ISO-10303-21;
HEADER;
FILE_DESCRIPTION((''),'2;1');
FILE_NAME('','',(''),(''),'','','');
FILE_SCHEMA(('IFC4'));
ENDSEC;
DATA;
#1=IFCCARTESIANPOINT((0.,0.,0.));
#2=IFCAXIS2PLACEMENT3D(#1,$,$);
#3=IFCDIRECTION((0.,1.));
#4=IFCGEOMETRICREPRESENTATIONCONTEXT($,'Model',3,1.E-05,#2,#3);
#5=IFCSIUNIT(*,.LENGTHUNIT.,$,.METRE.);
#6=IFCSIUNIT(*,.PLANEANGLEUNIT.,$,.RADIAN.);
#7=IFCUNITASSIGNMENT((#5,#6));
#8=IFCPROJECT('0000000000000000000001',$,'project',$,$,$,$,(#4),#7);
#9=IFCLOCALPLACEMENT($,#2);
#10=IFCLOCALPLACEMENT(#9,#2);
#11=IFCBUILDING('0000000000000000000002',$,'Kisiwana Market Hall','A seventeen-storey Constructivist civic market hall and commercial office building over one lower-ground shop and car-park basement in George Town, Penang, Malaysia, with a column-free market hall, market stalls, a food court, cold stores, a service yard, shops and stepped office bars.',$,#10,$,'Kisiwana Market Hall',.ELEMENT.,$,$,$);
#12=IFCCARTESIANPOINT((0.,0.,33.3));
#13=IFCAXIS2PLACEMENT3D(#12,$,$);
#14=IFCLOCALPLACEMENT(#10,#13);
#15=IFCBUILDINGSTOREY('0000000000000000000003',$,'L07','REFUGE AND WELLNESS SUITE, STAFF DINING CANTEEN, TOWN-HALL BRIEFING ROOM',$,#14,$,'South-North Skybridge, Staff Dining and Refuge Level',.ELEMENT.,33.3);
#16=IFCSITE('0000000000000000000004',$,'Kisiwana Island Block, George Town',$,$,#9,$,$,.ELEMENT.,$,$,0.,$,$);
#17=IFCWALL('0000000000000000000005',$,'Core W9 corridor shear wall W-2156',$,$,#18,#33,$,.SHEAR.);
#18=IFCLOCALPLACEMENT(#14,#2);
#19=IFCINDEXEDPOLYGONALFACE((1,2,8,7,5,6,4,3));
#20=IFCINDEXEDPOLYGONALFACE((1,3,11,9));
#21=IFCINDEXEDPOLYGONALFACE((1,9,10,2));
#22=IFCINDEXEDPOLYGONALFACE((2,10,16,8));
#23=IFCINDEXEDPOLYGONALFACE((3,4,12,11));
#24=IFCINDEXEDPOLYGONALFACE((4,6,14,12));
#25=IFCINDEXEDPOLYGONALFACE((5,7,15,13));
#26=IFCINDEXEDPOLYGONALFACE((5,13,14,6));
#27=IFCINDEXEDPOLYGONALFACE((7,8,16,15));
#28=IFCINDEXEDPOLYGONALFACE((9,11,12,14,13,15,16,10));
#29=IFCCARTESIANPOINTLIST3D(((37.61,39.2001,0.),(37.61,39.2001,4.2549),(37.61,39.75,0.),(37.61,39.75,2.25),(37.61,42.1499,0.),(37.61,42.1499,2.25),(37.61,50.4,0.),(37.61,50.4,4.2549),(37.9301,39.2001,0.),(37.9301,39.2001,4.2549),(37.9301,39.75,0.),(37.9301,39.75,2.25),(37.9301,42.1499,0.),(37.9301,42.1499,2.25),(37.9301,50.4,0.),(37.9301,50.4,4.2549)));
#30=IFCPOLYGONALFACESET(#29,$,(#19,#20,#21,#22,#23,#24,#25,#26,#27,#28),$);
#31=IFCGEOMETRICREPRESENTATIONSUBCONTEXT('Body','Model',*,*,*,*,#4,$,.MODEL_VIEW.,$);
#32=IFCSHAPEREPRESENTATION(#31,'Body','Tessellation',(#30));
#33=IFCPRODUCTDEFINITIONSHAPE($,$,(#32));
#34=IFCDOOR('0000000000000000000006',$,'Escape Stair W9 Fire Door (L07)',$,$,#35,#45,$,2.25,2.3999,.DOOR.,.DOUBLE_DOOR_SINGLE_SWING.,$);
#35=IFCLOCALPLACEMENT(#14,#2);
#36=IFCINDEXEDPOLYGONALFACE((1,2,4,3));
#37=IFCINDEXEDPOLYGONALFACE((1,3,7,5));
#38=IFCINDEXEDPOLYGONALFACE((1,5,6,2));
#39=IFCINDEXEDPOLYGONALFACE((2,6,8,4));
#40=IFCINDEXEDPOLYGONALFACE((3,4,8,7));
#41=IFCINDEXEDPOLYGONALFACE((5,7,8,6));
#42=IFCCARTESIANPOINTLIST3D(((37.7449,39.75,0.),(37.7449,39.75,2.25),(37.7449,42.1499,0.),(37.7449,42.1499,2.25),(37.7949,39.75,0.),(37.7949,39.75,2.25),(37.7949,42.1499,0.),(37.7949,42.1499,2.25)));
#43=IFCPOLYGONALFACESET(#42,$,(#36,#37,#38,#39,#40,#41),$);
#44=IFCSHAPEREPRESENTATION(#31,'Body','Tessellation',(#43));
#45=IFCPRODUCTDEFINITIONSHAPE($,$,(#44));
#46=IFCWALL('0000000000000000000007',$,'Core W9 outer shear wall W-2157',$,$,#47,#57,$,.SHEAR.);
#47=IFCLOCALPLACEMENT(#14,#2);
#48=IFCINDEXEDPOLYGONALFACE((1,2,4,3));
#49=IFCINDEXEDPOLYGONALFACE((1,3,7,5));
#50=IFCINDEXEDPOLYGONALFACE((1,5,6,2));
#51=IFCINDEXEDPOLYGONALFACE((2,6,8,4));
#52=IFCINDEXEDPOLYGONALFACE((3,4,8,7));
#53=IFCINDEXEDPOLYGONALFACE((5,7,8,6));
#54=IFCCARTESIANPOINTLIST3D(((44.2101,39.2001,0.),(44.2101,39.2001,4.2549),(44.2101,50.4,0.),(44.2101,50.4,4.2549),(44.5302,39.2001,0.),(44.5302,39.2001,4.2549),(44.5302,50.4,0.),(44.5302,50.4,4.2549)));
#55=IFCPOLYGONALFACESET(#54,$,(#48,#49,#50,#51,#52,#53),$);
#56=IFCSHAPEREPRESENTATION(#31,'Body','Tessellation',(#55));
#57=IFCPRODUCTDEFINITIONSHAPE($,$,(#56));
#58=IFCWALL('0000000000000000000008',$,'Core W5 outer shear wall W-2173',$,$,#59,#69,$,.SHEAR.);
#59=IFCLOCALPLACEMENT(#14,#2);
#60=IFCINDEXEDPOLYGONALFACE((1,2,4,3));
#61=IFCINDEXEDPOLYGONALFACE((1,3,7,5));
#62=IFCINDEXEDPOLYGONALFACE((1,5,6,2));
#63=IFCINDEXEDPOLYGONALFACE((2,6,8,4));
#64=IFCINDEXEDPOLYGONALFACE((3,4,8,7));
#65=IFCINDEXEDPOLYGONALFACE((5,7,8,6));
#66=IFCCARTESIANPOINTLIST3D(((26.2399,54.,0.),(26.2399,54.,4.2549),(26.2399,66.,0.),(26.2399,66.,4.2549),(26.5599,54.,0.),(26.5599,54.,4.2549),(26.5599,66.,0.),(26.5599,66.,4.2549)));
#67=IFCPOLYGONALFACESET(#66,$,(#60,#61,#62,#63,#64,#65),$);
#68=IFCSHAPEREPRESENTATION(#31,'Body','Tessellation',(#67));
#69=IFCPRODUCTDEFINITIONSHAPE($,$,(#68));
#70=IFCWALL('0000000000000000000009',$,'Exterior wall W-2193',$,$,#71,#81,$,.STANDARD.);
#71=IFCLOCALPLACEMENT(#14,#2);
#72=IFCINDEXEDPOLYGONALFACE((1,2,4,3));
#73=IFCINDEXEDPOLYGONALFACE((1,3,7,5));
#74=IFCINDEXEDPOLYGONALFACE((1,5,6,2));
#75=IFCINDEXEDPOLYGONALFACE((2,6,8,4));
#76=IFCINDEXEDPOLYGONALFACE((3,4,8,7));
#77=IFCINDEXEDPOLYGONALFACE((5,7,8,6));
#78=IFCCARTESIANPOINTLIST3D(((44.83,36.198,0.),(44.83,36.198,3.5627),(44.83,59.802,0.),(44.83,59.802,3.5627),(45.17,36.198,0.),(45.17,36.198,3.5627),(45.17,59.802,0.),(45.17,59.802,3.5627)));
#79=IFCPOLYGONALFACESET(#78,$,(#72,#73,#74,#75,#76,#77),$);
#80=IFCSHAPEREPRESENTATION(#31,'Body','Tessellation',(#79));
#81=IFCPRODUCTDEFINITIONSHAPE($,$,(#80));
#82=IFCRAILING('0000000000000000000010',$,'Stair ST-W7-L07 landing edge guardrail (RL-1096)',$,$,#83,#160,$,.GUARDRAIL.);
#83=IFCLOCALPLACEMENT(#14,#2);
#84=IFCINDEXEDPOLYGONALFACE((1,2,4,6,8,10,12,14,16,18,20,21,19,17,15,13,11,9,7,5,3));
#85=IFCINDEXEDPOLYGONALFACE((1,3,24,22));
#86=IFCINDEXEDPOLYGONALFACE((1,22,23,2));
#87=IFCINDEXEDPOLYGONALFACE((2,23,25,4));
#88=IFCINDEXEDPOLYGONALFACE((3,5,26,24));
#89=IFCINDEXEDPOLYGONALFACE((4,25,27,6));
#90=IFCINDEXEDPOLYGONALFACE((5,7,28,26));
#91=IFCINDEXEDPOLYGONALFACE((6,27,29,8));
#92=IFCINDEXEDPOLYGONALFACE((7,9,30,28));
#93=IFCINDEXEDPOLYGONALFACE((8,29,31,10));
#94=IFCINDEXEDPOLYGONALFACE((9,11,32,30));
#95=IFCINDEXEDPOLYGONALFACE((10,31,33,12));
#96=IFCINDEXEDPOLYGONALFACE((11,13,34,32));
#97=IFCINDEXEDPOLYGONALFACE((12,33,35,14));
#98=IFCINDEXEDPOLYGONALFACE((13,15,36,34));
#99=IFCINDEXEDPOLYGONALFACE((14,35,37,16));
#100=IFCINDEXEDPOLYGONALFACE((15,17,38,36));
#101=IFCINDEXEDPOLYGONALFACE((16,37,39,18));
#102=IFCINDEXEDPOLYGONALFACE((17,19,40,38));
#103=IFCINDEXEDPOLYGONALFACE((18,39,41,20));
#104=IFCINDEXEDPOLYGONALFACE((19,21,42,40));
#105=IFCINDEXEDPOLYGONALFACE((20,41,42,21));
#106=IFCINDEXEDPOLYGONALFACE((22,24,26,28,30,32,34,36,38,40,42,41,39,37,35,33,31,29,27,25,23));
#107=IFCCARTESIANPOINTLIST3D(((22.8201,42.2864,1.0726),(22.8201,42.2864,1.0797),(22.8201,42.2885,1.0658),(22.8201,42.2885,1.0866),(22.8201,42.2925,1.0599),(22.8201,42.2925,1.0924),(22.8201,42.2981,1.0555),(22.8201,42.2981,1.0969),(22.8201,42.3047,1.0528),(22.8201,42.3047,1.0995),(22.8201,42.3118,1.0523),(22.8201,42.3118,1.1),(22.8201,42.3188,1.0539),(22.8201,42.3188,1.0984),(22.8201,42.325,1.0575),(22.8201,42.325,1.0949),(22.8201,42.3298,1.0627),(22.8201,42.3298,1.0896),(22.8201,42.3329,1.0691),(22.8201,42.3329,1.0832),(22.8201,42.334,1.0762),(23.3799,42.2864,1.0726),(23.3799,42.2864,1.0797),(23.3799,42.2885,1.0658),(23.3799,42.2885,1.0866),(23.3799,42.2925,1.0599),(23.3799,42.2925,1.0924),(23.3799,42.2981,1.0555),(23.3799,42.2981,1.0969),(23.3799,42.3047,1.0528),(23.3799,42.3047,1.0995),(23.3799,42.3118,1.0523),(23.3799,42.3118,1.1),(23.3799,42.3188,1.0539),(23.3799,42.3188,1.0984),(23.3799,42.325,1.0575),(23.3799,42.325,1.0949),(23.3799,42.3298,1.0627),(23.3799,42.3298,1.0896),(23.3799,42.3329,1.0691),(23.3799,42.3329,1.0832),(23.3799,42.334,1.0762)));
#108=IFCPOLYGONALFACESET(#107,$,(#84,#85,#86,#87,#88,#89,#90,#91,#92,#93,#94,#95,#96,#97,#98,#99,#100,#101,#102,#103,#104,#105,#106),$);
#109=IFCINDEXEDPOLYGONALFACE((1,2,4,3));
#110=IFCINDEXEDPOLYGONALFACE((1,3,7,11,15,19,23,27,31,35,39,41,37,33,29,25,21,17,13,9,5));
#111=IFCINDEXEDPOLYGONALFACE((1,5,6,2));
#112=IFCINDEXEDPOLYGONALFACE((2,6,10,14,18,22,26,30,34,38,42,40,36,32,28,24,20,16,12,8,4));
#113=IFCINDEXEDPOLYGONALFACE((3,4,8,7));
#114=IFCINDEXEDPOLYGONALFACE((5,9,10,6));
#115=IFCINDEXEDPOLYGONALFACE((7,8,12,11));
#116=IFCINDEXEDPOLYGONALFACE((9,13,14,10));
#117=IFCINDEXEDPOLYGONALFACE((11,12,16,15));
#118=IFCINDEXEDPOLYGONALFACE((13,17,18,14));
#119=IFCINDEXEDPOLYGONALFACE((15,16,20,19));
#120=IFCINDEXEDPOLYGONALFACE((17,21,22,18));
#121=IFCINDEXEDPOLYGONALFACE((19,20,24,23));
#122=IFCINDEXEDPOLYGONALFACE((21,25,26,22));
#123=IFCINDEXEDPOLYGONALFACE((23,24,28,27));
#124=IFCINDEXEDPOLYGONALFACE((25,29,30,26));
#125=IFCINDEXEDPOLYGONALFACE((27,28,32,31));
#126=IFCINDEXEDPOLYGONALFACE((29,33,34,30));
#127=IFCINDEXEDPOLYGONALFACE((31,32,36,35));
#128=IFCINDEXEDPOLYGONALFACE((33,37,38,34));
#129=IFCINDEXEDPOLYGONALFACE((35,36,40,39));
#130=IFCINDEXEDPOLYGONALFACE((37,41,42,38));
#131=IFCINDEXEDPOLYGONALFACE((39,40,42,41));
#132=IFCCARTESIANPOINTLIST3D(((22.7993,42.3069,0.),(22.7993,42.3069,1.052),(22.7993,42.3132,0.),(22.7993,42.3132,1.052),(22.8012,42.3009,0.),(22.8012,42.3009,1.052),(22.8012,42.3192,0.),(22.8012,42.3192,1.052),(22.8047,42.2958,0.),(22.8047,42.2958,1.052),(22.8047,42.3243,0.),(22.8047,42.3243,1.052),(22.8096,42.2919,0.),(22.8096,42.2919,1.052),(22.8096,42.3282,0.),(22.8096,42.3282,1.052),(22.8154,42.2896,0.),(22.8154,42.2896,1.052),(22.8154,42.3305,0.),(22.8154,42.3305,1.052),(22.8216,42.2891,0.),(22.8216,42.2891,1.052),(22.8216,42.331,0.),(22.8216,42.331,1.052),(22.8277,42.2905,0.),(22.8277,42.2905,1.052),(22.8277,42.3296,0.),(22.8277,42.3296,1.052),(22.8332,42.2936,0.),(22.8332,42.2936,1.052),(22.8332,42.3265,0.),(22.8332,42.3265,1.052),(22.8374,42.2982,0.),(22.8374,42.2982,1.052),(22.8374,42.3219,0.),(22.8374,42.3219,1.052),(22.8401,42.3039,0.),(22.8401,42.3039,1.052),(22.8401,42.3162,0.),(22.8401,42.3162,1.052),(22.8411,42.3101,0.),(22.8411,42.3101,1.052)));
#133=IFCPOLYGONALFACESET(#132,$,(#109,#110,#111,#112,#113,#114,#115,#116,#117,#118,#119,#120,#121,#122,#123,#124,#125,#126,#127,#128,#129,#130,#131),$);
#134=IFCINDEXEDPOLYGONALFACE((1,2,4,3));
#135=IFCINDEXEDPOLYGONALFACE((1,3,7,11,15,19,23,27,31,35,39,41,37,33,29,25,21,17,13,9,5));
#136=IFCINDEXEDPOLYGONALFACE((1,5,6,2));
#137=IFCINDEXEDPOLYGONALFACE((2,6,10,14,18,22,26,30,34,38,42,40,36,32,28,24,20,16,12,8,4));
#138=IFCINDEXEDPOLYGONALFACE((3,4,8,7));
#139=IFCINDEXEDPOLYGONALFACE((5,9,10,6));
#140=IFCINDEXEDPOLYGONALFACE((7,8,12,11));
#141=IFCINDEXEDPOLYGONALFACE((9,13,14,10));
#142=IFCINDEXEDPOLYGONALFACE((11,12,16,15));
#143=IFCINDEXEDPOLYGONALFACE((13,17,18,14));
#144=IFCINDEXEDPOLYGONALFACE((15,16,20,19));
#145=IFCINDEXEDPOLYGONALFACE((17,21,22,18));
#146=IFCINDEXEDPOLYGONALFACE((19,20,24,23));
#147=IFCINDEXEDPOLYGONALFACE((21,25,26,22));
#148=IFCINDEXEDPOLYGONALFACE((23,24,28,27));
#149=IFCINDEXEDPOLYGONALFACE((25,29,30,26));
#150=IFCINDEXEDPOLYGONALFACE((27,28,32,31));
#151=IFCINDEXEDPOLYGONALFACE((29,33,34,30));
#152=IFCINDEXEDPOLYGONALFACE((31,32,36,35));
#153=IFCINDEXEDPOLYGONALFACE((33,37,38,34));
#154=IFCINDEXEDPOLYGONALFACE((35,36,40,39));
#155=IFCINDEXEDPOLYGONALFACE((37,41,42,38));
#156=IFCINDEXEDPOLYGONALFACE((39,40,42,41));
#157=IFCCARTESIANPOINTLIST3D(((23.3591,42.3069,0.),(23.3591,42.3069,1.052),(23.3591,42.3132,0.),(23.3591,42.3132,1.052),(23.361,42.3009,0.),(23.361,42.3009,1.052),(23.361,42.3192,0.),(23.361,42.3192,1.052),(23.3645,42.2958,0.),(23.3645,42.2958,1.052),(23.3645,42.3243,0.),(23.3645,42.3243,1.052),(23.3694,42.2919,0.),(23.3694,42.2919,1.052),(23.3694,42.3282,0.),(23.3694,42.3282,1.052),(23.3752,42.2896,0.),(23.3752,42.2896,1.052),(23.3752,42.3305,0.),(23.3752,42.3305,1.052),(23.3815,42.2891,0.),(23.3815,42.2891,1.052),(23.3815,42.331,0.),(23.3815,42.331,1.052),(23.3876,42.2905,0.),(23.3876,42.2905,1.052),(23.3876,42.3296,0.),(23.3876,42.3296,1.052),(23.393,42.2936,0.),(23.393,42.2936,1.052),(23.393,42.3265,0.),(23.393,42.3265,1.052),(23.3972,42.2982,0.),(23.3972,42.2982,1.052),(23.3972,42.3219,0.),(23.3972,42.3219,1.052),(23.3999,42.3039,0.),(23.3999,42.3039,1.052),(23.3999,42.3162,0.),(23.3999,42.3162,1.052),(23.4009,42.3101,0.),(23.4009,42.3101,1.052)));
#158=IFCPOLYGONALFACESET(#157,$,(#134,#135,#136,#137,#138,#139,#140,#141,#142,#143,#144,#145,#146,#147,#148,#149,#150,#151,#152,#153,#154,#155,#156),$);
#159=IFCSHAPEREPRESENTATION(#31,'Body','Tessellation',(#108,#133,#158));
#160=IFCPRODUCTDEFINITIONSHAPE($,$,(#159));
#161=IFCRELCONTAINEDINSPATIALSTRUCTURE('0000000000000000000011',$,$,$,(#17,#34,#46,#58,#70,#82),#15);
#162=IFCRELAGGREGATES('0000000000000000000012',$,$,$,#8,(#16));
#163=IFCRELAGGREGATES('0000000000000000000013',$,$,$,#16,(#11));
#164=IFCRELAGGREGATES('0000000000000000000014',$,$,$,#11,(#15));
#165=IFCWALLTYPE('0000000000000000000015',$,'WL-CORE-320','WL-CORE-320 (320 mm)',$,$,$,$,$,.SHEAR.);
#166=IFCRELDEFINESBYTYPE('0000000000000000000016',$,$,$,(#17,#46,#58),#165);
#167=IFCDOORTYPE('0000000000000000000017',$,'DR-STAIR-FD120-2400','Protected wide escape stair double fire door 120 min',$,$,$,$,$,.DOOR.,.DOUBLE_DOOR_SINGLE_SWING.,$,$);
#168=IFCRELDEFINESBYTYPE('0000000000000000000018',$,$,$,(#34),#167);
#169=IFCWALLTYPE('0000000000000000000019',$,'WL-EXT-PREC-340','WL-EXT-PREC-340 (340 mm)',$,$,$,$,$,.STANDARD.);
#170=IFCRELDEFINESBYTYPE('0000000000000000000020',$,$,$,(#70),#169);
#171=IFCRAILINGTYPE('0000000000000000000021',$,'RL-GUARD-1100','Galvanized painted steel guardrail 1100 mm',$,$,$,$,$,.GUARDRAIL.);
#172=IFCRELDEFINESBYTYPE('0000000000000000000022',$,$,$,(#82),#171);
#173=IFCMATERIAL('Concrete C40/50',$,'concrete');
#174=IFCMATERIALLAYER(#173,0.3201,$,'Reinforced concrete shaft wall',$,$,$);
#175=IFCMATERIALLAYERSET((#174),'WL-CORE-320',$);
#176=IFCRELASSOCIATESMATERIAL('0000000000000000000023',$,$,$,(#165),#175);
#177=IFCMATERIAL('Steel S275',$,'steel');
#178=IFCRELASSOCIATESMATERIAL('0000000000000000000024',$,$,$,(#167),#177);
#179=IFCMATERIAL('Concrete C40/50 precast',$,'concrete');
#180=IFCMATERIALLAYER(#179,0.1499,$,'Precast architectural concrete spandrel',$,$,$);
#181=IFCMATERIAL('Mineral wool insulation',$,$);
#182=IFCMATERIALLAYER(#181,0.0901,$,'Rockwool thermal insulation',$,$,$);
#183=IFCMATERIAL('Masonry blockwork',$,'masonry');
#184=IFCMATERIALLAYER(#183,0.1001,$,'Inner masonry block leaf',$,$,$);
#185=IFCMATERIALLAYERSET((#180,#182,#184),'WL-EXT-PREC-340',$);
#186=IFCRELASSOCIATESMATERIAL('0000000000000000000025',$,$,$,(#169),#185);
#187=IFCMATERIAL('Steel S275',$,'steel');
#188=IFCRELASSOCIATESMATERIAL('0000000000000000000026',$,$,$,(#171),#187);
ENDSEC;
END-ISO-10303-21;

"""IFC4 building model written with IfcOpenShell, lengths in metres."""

from ifc_helpers import new_model, si_unit, direction, frame, frame_2d, origin, origin_2d, place, context, subcontext, project, spatial, rectangle, circle, extrude, material, layer, layer_set, type_object, element, fill, save


model = new_model("IFC4")

# Units and contexts
model_context = context("Model", 3, precision=1e-05, world=origin(), true_north=direction((0.0, 1.0)))
body_context = subcontext(model_context, "Body", "Model", "MODEL_VIEW")
ifc_project = project(units=[si_unit("LENGTHUNIT", "METRE"), si_unit("PLANEANGLEUNIT", "RADIAN")], contexts=[model_context])

# Site, building, storey
site_placement = place(None, origin())
site = spatial("IfcSite", under=ifc_project, at=site_placement, Name="Kisiwana Island Block, George Town", CompositionType="ELEMENT", RefElevation=0.0)
building_placement = place(site_placement, origin())
building = spatial("IfcBuilding", under=site, at=building_placement, Name="Kisiwana Market Hall", Description="A seventeen-storey Constructivist civic market hall and commercial office building over one lower-ground shop and car-park basement in George Town, Penang, Malaysia, with a column-free market hall, market stalls, a food court, cold stores, a service yard, shops and stepped office bars.", LongName="Kisiwana Market Hall", CompositionType="ELEMENT")
storey_placement = place(building_placement, frame((0.0, 0.0, 33.3)))
storey = spatial("IfcBuildingStorey", under=building, at=storey_placement, Name="L07", Description="REFUGE AND WELLNESS SUITE, STAFF DINING CANTEEN, TOWN-HALL BRIEFING ROOM", LongName="South-North Skybridge, Staff Dining and Refuge Level", CompositionType="ELEMENT", Elevation=33.3)

# Shared definitions
ifc_material_1 = material(Name="Concrete C40/50", Category="concrete")
ifc_layer_1 = layer(ifc_material_1, 0.3201, Name="Reinforced concrete shaft wall")
ifc_layer_set_1 = layer_set([ifc_layer_1], Name="WL-CORE-320")
wall_type_1 = type_object("IfcWallType", Name="WL-CORE-320", Description="WL-CORE-320 (320 mm)", PredefinedType="SHEAR", material=ifc_layer_set_1)

# Wall, opening, door
wall_1_placement = place(storey_placement, frame((37.77, 39.2, 0.0), z_axis=(0.0, 0.0, 1.0), x_axis=(0.0, 1.0, 0.0)))
wall_1 = element("IfcWall", 1, at=wall_1_placement, inside=storey, type_object=wall_type_1, Name="Core W9 corridor shear wall W-2156", PredefinedType="SHEAR", context=body_context, shape_type="SweptSolid", body=[
    extrude(rectangle(XDim=11.2, YDim=0.3201, at=frame_2d((5.6001, 0.0))), origin(), (0.0, 0.0, 1.0), 4.2549),
])
opening_1_placement = place(wall_1_placement, frame((0.55, 0.0, 0.0)))
opening_1 = element("IfcOpeningElement", 2, at=opening_1_placement, cuts=wall_1, PredefinedType="OPENING", context=body_context, shape_type="SweptSolid", body=[
    extrude(rectangle(XDim=2.3999, YDim=2.25, at=frame_2d((1.2, 1.125))), frame((0.0, 0.1719, 0.0), z_axis=(0.0, -1.0, 0.0), x_axis=(1.0, 0.0, 0.0)), (0.0, 0.0, 1.0), 0.344),
])
ifc_material_2 = material(Name="Steel S275", Category="steel")
door_type_1 = type_object("IfcDoorType", Name="DR-STAIR-FD120-2400", Description="Protected wide escape stair double fire door 120 min", OperationType="DOUBLE_DOOR_SINGLE_SWING", PredefinedType="DOOR", material=ifc_material_2)
door_1_placement = place(opening_1_placement, frame((2.3999, 0.0, 0.0), z_axis=(0.0, 0.0, 1.0), x_axis=(-1.0, 0.0, 0.0)))
door_1 = element("IfcDoor", 3, at=door_1_placement, inside=storey, type_object=door_type_1, Name="Escape Stair W9 Fire Door (L07)", OperationType="DOUBLE_DOOR_SINGLE_SWING", OverallHeight=2.25, OverallWidth=2.3999, PredefinedType="DOOR", context=body_context, shape_type="SweptSolid", body=[
    extrude(rectangle(XDim=2.3999, YDim=2.25, at=frame_2d((1.2, 1.125))), frame((0.0, 0.0249, 0.0), z_axis=(0.0, -1.0, 0.0), x_axis=(1.0, 0.0, 0.0)), (0.0, 0.0, 1.0), 0.05),
])
fill(opening_1, door_1)

# Walls
wall_2_placement = place(storey_placement, frame((44.3701, 39.2, 0.0), z_axis=(0.0, 0.0, 1.0), x_axis=(0.0, 1.0, 0.0)))
element("IfcWall", 4, at=wall_2_placement, inside=storey, type_object=wall_type_1, Name="Core W9 outer shear wall W-2157", PredefinedType="SHEAR", context=body_context, shape_type="SweptSolid", body=[
    extrude(rectangle(XDim=11.2, YDim=0.3201, at=frame_2d((5.6001, 0.0))), origin(), (0.0, 0.0, 1.0), 4.2549),
])
wall_3_placement = place(storey_placement, frame((26.3999, 54.0, 0.0), z_axis=(0.0, 0.0, 1.0), x_axis=(0.0, 1.0, 0.0)))
element("IfcWall", 5, at=wall_3_placement, inside=storey, type_object=wall_type_1, Name="Core W5 outer shear wall W-2173", PredefinedType="SHEAR", context=body_context, shape_type="SweptSolid", body=[
    extrude(rectangle(XDim=12.0, YDim=0.3201, at=frame_2d((6.0, 0.0))), origin(), (0.0, 0.0, 1.0), 4.2549),
])
ifc_material_3 = material(Name="Concrete C40/50 precast", Category="concrete")
ifc_layer_2 = layer(ifc_material_3, 0.1499, Name="Precast architectural concrete spandrel")
ifc_material_4 = material(Name="Mineral wool insulation")
ifc_layer_3 = layer(ifc_material_4, 0.0901, Name="Rockwool thermal insulation")
ifc_material_5 = material(Name="Masonry blockwork", Category="masonry")
ifc_layer_4 = layer(ifc_material_5, 0.1001, Name="Inner masonry block leaf")
ifc_layer_set_2 = layer_set([ifc_layer_2, ifc_layer_3, ifc_layer_4], Name="WL-EXT-PREC-340")
wall_type_2 = type_object("IfcWallType", Name="WL-EXT-PREC-340", Description="WL-EXT-PREC-340 (340 mm)", PredefinedType="STANDARD", material=ifc_layer_set_2)
wall_4_placement = place(storey_placement, frame((45.0, 36.198, 0.0), z_axis=(0.0, 0.0, 1.0), x_axis=(0.0, 1.0, 0.0)))
element("IfcWall", 6, at=wall_4_placement, inside=storey, type_object=wall_type_2, Name="Exterior wall W-2193", PredefinedType="STANDARD", context=body_context, shape_type="SweptSolid", body=[
    extrude(rectangle(XDim=23.604, YDim=0.3401, at=frame_2d((11.802, 0.0))), origin(), (0.0, 0.0, 1.0), 3.5627),
])

# Railing
ifc_material_6 = material(Name="Steel S275", Category="steel")
railing_type_1 = type_object("IfcRailingType", Name="RL-GUARD-1100", Description="Galvanized painted steel guardrail 1100 mm", PredefinedType="GUARDRAIL", material=ifc_material_6)
railing_1_placement = place(storey_placement, frame((22.8201, 42.3101, 0.0)))
element("IfcRailing", 7, at=railing_1_placement, inside=storey, type_object=railing_type_1, Name="Stair ST-W7-L07 landing edge guardrail (RL-1096)", PredefinedType="GUARDRAIL", context=body_context, shape_type="SweptSolid", body=[
    extrude(circle(Radius=0.0239, at=origin_2d()), frame((0.0, 0.0, 1.0762), z_axis=(1.0, 0.0, 0.0), x_axis=(0.0, 1.0, 0.0)), (0.0, 0.0, 1.0), 0.5598),
    extrude(circle(Radius=0.021, at=origin_2d()), origin(), (0.0, 0.0, 1.0), 1.052),
    extrude(circle(Radius=0.021, at=origin_2d()), frame((0.5598, 0.0, 0.0)), (0.0, 0.0, 1.0), 1.052),
])

save(model, "model.ifc")
